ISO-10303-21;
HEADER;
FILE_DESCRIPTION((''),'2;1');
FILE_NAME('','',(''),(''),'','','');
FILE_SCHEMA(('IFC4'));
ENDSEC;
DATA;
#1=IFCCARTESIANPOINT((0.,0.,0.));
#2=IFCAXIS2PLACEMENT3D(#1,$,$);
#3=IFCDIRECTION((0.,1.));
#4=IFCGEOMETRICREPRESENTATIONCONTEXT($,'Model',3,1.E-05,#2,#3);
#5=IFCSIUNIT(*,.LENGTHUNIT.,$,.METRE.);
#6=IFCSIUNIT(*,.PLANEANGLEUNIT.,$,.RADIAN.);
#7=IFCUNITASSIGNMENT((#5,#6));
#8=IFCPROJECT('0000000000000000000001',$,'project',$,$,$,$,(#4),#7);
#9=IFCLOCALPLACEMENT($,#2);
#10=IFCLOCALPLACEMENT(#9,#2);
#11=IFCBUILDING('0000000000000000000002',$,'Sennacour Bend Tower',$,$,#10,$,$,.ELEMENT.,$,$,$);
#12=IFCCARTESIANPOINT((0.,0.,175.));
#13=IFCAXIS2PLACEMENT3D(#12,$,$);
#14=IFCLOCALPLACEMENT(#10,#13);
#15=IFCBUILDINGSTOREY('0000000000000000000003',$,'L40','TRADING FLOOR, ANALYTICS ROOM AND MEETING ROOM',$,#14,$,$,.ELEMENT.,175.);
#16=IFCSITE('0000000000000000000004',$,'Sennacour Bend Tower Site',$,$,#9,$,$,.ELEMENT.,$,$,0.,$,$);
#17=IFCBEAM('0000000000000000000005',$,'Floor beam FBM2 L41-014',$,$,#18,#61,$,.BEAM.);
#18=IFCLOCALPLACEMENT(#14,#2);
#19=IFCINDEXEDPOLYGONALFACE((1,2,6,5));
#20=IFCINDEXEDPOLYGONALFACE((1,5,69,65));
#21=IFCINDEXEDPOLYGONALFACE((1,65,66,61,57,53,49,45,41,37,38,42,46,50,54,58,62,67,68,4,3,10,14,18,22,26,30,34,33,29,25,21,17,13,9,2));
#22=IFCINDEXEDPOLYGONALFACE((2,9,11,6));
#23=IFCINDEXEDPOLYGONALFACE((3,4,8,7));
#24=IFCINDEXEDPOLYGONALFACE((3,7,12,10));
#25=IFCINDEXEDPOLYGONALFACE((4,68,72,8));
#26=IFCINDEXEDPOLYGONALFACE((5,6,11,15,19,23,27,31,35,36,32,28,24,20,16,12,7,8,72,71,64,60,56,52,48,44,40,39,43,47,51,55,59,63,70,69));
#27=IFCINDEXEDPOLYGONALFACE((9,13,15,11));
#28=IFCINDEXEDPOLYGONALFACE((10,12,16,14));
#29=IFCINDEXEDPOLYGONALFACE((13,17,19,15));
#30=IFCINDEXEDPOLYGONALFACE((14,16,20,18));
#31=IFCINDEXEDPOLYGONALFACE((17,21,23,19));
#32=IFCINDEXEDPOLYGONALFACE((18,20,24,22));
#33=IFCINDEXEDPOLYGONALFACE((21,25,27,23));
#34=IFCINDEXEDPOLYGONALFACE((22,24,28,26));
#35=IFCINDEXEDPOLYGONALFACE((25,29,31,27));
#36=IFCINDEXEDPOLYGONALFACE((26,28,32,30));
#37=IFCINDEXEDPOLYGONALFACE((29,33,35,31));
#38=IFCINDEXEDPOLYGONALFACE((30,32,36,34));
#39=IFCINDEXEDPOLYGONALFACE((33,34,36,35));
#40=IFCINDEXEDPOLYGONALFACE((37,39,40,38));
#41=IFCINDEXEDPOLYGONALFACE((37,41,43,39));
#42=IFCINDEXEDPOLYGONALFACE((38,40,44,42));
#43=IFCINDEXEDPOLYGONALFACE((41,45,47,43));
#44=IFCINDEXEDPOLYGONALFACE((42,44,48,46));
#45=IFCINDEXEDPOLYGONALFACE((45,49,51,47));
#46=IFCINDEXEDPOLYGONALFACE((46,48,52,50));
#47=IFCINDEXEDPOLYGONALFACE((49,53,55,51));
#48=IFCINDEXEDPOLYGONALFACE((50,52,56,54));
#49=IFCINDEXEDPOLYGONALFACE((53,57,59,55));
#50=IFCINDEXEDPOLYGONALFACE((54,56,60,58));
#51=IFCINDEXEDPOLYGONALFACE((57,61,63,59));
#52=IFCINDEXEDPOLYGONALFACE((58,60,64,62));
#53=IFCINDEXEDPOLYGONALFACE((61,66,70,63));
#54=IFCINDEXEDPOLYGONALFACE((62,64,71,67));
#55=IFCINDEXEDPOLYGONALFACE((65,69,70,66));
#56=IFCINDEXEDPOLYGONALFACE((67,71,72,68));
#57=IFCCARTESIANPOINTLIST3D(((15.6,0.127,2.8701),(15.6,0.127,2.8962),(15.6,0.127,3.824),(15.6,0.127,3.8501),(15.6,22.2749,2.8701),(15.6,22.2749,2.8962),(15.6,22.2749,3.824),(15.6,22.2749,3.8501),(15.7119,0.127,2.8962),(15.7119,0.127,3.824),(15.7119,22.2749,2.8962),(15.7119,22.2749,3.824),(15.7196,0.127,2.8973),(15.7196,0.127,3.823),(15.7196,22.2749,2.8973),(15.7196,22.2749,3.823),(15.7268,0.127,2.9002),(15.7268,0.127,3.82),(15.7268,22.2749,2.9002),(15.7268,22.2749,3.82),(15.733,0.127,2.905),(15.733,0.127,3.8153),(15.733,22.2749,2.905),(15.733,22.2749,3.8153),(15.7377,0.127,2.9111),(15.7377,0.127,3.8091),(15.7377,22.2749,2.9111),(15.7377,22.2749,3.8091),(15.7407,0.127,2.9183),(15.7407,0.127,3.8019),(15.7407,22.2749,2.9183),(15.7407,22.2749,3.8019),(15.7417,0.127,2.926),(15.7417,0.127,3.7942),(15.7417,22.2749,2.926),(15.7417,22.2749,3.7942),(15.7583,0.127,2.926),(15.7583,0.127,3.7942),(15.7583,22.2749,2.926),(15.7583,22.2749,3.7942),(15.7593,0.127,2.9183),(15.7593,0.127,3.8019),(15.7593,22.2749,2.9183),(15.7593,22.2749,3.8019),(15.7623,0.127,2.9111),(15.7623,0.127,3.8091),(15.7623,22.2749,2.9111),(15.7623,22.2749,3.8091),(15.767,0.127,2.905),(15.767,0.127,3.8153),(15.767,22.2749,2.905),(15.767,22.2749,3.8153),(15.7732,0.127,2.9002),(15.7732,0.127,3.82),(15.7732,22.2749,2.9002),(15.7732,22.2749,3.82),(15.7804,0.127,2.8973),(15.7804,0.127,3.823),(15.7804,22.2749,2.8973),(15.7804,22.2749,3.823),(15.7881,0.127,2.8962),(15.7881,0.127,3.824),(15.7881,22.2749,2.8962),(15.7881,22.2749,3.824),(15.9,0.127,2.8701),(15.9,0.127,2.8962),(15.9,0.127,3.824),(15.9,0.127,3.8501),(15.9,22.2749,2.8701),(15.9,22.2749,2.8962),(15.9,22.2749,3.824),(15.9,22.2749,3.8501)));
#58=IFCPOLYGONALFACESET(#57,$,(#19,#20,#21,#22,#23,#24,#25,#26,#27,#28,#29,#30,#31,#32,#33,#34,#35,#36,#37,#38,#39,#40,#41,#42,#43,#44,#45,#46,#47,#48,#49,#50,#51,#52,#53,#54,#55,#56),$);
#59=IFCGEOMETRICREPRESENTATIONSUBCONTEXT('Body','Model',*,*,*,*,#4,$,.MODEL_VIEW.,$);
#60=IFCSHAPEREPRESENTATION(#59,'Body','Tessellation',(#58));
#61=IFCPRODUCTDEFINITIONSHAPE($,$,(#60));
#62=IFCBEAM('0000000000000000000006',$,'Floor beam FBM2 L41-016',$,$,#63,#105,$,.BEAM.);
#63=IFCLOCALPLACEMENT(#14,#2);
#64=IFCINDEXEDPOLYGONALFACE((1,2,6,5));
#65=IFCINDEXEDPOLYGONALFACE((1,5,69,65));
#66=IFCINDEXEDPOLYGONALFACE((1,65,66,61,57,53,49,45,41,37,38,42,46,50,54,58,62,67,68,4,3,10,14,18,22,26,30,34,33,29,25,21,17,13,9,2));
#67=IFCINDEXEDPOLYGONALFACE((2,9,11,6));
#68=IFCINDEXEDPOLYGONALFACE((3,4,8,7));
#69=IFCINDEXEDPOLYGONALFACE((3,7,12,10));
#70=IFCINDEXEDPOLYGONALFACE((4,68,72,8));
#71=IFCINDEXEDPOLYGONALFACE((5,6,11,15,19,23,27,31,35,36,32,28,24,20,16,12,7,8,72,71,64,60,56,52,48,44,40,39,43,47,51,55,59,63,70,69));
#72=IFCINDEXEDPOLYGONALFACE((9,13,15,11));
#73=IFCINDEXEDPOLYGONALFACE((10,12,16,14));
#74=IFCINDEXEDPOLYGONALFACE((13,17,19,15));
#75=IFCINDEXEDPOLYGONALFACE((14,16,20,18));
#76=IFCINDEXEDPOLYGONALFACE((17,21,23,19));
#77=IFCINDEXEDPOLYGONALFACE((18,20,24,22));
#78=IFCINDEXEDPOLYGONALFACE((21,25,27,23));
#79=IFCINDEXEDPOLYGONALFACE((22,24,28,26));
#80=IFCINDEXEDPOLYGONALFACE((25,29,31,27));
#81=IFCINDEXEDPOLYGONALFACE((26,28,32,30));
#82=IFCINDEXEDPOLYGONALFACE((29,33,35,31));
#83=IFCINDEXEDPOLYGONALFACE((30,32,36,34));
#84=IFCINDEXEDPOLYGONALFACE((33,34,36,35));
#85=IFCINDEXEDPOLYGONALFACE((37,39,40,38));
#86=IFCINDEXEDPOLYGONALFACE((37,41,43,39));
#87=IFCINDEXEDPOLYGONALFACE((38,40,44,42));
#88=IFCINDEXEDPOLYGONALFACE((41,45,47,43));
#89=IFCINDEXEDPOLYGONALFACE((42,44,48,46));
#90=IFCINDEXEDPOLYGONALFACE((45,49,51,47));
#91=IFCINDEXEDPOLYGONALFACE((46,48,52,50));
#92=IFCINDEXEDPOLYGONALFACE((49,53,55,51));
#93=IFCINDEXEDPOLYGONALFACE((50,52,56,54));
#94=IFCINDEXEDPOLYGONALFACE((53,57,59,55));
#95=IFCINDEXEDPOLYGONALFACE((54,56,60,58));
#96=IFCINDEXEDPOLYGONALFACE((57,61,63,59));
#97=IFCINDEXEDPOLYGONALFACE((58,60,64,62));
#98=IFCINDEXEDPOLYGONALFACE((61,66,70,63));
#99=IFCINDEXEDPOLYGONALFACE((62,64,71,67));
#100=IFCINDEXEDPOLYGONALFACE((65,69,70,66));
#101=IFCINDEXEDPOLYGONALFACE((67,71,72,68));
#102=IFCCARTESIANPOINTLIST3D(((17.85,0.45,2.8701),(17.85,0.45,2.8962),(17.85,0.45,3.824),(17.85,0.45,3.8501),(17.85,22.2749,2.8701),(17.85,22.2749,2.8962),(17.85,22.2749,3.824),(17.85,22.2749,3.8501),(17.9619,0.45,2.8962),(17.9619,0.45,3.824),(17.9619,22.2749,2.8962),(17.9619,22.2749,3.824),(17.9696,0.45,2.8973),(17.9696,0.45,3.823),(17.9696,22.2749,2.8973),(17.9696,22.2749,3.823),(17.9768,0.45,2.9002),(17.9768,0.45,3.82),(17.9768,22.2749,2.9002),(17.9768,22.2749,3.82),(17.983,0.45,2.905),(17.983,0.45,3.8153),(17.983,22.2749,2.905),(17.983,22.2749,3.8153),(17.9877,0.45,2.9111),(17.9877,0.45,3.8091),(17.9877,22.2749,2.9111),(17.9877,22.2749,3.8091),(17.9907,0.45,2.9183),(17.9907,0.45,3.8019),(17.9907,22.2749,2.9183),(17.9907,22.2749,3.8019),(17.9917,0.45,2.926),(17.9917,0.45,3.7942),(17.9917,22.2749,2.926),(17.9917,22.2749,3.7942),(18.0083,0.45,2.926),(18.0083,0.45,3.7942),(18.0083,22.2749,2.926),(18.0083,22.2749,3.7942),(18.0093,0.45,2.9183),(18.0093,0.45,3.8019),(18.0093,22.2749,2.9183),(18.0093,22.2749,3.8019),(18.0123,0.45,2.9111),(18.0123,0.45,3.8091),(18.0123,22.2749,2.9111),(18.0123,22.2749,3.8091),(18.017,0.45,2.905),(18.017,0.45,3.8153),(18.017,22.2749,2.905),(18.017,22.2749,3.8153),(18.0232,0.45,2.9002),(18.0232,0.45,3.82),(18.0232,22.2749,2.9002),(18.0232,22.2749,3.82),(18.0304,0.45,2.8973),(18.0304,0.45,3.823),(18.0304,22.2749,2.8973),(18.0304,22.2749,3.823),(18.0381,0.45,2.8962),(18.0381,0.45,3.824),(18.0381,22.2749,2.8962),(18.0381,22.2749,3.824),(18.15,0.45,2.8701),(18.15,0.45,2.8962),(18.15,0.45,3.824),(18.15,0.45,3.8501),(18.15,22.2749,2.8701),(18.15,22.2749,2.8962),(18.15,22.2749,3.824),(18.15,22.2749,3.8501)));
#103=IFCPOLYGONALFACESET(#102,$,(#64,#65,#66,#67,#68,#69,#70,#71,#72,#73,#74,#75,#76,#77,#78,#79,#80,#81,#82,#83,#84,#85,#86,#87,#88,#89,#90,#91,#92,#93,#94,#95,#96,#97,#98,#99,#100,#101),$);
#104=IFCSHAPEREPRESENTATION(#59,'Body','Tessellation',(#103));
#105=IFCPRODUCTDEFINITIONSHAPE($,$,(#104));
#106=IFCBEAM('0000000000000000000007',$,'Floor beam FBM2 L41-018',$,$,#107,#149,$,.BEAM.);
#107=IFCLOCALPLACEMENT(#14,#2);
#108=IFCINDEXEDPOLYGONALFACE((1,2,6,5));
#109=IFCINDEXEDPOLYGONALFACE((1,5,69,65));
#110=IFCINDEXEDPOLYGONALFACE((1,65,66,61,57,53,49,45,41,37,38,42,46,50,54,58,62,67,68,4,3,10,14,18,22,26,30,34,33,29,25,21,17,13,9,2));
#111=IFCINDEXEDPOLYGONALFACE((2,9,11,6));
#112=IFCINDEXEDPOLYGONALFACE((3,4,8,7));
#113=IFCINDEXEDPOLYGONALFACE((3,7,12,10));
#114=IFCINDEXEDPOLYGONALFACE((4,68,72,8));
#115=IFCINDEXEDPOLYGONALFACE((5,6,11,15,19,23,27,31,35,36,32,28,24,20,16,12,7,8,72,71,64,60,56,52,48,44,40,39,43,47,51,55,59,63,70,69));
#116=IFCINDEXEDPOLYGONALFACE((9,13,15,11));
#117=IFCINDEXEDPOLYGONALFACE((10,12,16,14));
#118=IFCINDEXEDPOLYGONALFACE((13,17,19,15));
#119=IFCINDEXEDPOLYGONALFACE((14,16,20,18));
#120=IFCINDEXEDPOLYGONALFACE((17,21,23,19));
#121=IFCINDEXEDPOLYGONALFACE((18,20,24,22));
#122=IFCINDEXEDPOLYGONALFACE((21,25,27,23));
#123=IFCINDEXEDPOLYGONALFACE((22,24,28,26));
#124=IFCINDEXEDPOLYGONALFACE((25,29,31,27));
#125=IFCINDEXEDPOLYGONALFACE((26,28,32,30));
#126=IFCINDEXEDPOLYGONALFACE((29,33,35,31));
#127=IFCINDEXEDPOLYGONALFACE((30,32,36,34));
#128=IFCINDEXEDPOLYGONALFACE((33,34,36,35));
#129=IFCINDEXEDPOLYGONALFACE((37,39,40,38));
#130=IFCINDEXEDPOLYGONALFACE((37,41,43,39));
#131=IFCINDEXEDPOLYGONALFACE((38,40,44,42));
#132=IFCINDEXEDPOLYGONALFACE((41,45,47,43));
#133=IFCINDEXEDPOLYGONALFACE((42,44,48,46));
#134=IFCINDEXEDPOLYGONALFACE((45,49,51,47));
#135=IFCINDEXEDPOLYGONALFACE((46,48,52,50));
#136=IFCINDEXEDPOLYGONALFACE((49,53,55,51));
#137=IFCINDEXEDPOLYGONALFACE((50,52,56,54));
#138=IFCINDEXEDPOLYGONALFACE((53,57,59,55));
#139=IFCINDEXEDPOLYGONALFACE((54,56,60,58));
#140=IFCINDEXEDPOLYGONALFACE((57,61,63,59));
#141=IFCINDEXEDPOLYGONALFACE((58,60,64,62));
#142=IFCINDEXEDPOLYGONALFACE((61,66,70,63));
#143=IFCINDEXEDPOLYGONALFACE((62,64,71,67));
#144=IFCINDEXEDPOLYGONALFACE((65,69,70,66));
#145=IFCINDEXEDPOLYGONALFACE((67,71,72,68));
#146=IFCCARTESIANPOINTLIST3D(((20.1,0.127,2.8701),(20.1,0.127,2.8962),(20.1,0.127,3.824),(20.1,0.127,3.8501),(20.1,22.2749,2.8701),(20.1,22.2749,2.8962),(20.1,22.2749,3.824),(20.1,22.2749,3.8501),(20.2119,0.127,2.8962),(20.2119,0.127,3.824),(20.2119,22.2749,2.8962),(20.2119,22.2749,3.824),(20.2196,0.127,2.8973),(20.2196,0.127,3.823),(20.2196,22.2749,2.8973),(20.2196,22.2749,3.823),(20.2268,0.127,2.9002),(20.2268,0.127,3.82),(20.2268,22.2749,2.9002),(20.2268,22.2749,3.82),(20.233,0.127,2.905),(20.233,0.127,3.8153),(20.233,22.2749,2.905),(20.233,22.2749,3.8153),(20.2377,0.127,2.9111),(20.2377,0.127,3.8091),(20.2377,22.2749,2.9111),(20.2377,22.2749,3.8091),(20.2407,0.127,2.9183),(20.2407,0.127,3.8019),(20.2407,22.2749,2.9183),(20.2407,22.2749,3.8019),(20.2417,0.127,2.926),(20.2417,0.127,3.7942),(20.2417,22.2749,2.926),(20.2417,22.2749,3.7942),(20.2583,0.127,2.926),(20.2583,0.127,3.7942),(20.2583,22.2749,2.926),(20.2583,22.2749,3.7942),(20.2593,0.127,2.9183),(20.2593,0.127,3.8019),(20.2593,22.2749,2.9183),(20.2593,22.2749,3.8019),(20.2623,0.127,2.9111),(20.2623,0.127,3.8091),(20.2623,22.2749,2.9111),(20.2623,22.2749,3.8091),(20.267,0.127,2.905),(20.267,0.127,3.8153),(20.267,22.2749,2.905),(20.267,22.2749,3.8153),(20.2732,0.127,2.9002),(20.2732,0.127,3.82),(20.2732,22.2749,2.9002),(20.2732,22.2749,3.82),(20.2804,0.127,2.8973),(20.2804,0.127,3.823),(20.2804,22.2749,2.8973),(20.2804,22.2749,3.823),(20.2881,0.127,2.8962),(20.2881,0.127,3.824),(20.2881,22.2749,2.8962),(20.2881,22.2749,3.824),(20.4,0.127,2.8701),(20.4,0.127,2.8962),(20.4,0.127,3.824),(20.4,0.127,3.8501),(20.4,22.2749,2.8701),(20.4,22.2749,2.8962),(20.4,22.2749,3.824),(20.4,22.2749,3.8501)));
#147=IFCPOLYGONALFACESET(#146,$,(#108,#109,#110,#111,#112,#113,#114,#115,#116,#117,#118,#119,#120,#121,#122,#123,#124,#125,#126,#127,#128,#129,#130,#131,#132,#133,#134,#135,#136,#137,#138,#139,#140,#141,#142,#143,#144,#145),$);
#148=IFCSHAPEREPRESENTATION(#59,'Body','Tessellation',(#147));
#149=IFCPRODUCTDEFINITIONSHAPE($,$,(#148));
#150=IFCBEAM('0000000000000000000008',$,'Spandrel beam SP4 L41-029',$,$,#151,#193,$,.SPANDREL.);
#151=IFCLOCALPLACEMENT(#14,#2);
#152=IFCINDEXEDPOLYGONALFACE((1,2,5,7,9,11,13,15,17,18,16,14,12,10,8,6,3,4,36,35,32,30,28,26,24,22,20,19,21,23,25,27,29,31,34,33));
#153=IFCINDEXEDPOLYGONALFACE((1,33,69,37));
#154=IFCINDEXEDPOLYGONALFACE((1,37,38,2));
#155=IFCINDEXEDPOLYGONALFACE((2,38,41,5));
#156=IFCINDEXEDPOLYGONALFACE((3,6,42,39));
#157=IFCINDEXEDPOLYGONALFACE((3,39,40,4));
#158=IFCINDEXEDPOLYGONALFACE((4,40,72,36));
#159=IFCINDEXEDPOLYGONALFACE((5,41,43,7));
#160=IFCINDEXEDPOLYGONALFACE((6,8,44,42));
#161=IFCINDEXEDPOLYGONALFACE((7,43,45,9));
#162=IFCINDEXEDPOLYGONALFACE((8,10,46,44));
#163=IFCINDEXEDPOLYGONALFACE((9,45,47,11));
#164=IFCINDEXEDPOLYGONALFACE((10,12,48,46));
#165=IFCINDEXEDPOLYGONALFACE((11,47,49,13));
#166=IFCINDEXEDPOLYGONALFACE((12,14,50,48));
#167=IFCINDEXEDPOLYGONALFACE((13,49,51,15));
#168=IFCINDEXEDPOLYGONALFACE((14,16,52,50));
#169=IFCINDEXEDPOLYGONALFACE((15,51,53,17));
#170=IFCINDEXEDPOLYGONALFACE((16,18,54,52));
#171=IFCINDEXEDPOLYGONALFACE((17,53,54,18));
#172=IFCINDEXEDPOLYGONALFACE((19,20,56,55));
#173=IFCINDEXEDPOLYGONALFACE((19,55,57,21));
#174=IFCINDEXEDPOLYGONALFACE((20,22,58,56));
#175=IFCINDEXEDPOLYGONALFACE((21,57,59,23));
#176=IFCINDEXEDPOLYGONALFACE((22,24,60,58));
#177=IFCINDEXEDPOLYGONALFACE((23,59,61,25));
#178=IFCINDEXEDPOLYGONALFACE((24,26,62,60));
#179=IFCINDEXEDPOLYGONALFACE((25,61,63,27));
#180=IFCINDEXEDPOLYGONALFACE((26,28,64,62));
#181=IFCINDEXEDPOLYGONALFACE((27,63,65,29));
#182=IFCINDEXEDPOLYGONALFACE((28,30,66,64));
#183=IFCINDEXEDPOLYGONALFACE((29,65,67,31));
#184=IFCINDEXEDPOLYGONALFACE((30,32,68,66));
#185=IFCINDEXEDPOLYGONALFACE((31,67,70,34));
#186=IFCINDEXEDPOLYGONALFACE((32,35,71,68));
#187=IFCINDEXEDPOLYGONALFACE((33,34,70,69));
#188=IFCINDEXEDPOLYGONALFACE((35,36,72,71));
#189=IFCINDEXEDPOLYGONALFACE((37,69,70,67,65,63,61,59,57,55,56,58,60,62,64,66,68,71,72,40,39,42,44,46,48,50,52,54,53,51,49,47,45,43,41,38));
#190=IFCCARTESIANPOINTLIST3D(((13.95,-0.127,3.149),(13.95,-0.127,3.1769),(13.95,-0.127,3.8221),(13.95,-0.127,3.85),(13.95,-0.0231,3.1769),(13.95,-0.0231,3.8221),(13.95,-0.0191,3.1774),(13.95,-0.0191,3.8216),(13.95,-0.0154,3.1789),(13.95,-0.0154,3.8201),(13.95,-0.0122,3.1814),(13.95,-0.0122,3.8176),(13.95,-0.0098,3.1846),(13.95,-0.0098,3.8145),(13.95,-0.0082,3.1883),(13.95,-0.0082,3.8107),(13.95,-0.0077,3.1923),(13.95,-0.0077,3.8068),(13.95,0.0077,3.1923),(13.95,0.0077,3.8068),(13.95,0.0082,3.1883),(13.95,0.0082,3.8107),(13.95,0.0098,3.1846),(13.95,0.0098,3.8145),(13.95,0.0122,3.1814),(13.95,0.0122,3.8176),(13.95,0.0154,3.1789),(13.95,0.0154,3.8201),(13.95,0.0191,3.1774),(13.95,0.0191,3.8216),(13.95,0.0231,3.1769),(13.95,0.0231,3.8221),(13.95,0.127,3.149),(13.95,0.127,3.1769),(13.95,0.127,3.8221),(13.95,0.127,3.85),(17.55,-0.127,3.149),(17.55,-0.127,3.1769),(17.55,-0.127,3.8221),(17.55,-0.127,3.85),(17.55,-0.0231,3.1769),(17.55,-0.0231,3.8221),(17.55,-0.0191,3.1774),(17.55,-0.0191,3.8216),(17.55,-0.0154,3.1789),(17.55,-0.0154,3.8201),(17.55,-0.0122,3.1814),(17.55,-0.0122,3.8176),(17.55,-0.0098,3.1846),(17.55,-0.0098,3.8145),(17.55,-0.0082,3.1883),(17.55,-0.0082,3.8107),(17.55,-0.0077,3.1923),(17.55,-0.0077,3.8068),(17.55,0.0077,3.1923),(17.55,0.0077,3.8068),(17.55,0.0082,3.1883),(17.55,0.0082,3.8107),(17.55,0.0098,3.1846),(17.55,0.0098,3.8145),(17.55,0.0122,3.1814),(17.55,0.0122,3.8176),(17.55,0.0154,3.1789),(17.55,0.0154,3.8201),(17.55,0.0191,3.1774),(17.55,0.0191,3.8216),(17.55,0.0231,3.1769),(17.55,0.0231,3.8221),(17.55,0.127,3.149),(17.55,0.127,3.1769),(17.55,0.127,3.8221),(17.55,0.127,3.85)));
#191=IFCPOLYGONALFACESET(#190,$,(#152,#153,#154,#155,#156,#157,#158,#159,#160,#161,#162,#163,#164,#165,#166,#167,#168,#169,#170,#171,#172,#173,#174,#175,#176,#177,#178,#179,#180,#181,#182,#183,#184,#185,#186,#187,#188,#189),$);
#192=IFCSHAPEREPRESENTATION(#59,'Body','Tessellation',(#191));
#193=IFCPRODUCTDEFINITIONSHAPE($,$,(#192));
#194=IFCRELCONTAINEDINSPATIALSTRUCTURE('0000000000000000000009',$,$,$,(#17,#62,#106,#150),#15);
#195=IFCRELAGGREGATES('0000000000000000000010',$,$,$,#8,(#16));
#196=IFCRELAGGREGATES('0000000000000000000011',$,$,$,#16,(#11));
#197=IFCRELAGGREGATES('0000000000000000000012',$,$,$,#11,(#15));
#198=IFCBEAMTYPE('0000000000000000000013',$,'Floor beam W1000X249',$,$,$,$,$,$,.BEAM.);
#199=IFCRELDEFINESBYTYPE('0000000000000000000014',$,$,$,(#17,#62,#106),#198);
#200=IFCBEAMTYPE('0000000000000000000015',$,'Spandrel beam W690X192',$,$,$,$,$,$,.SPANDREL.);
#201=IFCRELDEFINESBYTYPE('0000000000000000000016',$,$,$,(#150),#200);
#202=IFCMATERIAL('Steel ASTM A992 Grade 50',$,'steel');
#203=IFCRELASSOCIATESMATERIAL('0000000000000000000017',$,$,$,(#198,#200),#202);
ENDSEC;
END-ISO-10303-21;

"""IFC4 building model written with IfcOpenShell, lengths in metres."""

from ifc_helpers import new_model, si_unit, direction, frame, origin, origin_2d, place, context, subcontext, project, spatial, i_section, extrude, material, material_profile, profile_set, type_object, element, save


model = new_model("IFC4")

# Units and contexts
model_context = context("Model", 3, precision=1e-05, world=origin(), true_north=direction((0.0, 1.0)))
body_context = subcontext(model_context, "Body", "Model", "MODEL_VIEW")
ifc_project = project(units=[si_unit("LENGTHUNIT", "METRE"), si_unit("PLANEANGLEUNIT", "RADIAN")], contexts=[model_context])

# Site, building, storey
site_placement = place(None, origin())
site = spatial("IfcSite", under=ifc_project, at=site_placement, Name="Sennacour Bend Tower Site", CompositionType="ELEMENT", RefElevation=0.0)
building_placement = place(site_placement, origin())
building = spatial("IfcBuilding", under=site, at=building_placement, Name="Sennacour Bend Tower", CompositionType="ELEMENT")
storey_placement = place(building_placement, frame((0.0, 0.0, 175.0)))
storey = spatial("IfcBuildingStorey", under=building, at=storey_placement, Name="L40", Description="TRADING FLOOR, ANALYTICS ROOM AND MEETING ROOM", CompositionType="ELEMENT", Elevation=175.0)

# Beams
ifc_material_1 = material(Name="Steel ASTM A992 Grade 50", Category="steel")
ifc_material_profile_1 = material_profile(ifc_material_1, i_section(OverallWidth=0.3, OverallDepth=0.98, WebThickness=0.0166, FlangeThickness=0.0261, FilletRadius=0.0298, at=origin_2d()), Name="Steel ASTM A992 Grade 50", Category="steel")
ifc_profile_set_1 = profile_set([ifc_material_profile_1], Name="Steel ASTM A992 Grade 50")
beam_type_1 = type_object("IfcBeamType", Name="Floor beam W1000X249", PredefinedType="BEAM", material=ifc_profile_set_1)
beam_1_placement = place(storey_placement, frame((15.75, 0.127, 3.3601), z_axis=(0.0, 1.0, 0.0), x_axis=(-1.0, 0.0, 0.0)))
element("IfcBeam", 1, at=beam_1_placement, inside=storey, type_object=beam_type_1, Name="Floor beam FBM2 L41-014", PredefinedType="BEAM", context=body_context, shape_type="SweptSolid", body=[
    extrude(i_section(OverallWidth=0.3, OverallDepth=0.98, WebThickness=0.0166, FlangeThickness=0.0261, FilletRadius=0.0298, at=origin_2d()), origin(), (0.0, 0.0, 1.0), 22.1479),
])
beam_2_placement = place(storey_placement, frame((18.0, 0.45, 3.3601), z_axis=(0.0, 1.0, 0.0), x_axis=(-1.0, 0.0, 0.0)))
element("IfcBeam", 2, at=beam_2_placement, inside=storey, type_object=beam_type_1, Name="Floor beam FBM2 L41-016", PredefinedType="BEAM", context=body_context, shape_type="SweptSolid", body=[
    extrude(i_section(OverallWidth=0.3, OverallDepth=0.98, WebThickness=0.0166, FlangeThickness=0.0261, FilletRadius=0.0298, at=origin_2d()), origin(), (0.0, 0.0, 1.0), 21.825),
])
beam_3_placement = place(storey_placement, frame((20.25, 0.127, 3.3601), z_axis=(0.0, 1.0, 0.0), x_axis=(-1.0, 0.0, 0.0)))
element("IfcBeam", 3, at=beam_3_placement, inside=storey, type_object=beam_type_1, Name="Floor beam FBM2 L41-018", PredefinedType="BEAM", context=body_context, shape_type="SweptSolid", body=[
    extrude(i_section(OverallWidth=0.3, OverallDepth=0.98, WebThickness=0.0166, FlangeThickness=0.0261, FilletRadius=0.0298, at=origin_2d()), origin(), (0.0, 0.0, 1.0), 22.1479),
])
ifc_material_profile_2 = material_profile(ifc_material_1, i_section(OverallWidth=0.2539, OverallDepth=0.7009, WebThickness=0.0154, FlangeThickness=0.0278, FilletRadius=0.0154, at=origin_2d()), Name="Steel ASTM A992 Grade 50", Category="steel")
ifc_profile_set_2 = profile_set([ifc_material_profile_2], Name="Steel ASTM A992 Grade 50")
beam_type_2 = type_object("IfcBeamType", Name="Spandrel beam W690X192", PredefinedType="SPANDREL", material=ifc_profile_set_2)
for number, where, z_axis, x_axis, name in (
    (4, (17.55, 0.0, 3.4995), (-1.0, 0.0, 0.0), (0.0, -1.0, 0.0), "Spandrel beam SP4 L41-029"),
):
    element("IfcBeam", number, at=place(storey_placement, frame(where, z_axis=z_axis, x_axis=x_axis)), inside=storey, type_object=beam_type_2, Name=name, PredefinedType="SPANDREL", context=body_context, shape_type="SweptSolid", body=[
        extrude(i_section(OverallWidth=0.2539, OverallDepth=0.7009, WebThickness=0.0154, FlangeThickness=0.0278, FilletRadius=0.0154, at=origin_2d()), origin(), (0.0, 0.0, 1.0), 3.6001),
    ])

save(model, "model.ifc")
